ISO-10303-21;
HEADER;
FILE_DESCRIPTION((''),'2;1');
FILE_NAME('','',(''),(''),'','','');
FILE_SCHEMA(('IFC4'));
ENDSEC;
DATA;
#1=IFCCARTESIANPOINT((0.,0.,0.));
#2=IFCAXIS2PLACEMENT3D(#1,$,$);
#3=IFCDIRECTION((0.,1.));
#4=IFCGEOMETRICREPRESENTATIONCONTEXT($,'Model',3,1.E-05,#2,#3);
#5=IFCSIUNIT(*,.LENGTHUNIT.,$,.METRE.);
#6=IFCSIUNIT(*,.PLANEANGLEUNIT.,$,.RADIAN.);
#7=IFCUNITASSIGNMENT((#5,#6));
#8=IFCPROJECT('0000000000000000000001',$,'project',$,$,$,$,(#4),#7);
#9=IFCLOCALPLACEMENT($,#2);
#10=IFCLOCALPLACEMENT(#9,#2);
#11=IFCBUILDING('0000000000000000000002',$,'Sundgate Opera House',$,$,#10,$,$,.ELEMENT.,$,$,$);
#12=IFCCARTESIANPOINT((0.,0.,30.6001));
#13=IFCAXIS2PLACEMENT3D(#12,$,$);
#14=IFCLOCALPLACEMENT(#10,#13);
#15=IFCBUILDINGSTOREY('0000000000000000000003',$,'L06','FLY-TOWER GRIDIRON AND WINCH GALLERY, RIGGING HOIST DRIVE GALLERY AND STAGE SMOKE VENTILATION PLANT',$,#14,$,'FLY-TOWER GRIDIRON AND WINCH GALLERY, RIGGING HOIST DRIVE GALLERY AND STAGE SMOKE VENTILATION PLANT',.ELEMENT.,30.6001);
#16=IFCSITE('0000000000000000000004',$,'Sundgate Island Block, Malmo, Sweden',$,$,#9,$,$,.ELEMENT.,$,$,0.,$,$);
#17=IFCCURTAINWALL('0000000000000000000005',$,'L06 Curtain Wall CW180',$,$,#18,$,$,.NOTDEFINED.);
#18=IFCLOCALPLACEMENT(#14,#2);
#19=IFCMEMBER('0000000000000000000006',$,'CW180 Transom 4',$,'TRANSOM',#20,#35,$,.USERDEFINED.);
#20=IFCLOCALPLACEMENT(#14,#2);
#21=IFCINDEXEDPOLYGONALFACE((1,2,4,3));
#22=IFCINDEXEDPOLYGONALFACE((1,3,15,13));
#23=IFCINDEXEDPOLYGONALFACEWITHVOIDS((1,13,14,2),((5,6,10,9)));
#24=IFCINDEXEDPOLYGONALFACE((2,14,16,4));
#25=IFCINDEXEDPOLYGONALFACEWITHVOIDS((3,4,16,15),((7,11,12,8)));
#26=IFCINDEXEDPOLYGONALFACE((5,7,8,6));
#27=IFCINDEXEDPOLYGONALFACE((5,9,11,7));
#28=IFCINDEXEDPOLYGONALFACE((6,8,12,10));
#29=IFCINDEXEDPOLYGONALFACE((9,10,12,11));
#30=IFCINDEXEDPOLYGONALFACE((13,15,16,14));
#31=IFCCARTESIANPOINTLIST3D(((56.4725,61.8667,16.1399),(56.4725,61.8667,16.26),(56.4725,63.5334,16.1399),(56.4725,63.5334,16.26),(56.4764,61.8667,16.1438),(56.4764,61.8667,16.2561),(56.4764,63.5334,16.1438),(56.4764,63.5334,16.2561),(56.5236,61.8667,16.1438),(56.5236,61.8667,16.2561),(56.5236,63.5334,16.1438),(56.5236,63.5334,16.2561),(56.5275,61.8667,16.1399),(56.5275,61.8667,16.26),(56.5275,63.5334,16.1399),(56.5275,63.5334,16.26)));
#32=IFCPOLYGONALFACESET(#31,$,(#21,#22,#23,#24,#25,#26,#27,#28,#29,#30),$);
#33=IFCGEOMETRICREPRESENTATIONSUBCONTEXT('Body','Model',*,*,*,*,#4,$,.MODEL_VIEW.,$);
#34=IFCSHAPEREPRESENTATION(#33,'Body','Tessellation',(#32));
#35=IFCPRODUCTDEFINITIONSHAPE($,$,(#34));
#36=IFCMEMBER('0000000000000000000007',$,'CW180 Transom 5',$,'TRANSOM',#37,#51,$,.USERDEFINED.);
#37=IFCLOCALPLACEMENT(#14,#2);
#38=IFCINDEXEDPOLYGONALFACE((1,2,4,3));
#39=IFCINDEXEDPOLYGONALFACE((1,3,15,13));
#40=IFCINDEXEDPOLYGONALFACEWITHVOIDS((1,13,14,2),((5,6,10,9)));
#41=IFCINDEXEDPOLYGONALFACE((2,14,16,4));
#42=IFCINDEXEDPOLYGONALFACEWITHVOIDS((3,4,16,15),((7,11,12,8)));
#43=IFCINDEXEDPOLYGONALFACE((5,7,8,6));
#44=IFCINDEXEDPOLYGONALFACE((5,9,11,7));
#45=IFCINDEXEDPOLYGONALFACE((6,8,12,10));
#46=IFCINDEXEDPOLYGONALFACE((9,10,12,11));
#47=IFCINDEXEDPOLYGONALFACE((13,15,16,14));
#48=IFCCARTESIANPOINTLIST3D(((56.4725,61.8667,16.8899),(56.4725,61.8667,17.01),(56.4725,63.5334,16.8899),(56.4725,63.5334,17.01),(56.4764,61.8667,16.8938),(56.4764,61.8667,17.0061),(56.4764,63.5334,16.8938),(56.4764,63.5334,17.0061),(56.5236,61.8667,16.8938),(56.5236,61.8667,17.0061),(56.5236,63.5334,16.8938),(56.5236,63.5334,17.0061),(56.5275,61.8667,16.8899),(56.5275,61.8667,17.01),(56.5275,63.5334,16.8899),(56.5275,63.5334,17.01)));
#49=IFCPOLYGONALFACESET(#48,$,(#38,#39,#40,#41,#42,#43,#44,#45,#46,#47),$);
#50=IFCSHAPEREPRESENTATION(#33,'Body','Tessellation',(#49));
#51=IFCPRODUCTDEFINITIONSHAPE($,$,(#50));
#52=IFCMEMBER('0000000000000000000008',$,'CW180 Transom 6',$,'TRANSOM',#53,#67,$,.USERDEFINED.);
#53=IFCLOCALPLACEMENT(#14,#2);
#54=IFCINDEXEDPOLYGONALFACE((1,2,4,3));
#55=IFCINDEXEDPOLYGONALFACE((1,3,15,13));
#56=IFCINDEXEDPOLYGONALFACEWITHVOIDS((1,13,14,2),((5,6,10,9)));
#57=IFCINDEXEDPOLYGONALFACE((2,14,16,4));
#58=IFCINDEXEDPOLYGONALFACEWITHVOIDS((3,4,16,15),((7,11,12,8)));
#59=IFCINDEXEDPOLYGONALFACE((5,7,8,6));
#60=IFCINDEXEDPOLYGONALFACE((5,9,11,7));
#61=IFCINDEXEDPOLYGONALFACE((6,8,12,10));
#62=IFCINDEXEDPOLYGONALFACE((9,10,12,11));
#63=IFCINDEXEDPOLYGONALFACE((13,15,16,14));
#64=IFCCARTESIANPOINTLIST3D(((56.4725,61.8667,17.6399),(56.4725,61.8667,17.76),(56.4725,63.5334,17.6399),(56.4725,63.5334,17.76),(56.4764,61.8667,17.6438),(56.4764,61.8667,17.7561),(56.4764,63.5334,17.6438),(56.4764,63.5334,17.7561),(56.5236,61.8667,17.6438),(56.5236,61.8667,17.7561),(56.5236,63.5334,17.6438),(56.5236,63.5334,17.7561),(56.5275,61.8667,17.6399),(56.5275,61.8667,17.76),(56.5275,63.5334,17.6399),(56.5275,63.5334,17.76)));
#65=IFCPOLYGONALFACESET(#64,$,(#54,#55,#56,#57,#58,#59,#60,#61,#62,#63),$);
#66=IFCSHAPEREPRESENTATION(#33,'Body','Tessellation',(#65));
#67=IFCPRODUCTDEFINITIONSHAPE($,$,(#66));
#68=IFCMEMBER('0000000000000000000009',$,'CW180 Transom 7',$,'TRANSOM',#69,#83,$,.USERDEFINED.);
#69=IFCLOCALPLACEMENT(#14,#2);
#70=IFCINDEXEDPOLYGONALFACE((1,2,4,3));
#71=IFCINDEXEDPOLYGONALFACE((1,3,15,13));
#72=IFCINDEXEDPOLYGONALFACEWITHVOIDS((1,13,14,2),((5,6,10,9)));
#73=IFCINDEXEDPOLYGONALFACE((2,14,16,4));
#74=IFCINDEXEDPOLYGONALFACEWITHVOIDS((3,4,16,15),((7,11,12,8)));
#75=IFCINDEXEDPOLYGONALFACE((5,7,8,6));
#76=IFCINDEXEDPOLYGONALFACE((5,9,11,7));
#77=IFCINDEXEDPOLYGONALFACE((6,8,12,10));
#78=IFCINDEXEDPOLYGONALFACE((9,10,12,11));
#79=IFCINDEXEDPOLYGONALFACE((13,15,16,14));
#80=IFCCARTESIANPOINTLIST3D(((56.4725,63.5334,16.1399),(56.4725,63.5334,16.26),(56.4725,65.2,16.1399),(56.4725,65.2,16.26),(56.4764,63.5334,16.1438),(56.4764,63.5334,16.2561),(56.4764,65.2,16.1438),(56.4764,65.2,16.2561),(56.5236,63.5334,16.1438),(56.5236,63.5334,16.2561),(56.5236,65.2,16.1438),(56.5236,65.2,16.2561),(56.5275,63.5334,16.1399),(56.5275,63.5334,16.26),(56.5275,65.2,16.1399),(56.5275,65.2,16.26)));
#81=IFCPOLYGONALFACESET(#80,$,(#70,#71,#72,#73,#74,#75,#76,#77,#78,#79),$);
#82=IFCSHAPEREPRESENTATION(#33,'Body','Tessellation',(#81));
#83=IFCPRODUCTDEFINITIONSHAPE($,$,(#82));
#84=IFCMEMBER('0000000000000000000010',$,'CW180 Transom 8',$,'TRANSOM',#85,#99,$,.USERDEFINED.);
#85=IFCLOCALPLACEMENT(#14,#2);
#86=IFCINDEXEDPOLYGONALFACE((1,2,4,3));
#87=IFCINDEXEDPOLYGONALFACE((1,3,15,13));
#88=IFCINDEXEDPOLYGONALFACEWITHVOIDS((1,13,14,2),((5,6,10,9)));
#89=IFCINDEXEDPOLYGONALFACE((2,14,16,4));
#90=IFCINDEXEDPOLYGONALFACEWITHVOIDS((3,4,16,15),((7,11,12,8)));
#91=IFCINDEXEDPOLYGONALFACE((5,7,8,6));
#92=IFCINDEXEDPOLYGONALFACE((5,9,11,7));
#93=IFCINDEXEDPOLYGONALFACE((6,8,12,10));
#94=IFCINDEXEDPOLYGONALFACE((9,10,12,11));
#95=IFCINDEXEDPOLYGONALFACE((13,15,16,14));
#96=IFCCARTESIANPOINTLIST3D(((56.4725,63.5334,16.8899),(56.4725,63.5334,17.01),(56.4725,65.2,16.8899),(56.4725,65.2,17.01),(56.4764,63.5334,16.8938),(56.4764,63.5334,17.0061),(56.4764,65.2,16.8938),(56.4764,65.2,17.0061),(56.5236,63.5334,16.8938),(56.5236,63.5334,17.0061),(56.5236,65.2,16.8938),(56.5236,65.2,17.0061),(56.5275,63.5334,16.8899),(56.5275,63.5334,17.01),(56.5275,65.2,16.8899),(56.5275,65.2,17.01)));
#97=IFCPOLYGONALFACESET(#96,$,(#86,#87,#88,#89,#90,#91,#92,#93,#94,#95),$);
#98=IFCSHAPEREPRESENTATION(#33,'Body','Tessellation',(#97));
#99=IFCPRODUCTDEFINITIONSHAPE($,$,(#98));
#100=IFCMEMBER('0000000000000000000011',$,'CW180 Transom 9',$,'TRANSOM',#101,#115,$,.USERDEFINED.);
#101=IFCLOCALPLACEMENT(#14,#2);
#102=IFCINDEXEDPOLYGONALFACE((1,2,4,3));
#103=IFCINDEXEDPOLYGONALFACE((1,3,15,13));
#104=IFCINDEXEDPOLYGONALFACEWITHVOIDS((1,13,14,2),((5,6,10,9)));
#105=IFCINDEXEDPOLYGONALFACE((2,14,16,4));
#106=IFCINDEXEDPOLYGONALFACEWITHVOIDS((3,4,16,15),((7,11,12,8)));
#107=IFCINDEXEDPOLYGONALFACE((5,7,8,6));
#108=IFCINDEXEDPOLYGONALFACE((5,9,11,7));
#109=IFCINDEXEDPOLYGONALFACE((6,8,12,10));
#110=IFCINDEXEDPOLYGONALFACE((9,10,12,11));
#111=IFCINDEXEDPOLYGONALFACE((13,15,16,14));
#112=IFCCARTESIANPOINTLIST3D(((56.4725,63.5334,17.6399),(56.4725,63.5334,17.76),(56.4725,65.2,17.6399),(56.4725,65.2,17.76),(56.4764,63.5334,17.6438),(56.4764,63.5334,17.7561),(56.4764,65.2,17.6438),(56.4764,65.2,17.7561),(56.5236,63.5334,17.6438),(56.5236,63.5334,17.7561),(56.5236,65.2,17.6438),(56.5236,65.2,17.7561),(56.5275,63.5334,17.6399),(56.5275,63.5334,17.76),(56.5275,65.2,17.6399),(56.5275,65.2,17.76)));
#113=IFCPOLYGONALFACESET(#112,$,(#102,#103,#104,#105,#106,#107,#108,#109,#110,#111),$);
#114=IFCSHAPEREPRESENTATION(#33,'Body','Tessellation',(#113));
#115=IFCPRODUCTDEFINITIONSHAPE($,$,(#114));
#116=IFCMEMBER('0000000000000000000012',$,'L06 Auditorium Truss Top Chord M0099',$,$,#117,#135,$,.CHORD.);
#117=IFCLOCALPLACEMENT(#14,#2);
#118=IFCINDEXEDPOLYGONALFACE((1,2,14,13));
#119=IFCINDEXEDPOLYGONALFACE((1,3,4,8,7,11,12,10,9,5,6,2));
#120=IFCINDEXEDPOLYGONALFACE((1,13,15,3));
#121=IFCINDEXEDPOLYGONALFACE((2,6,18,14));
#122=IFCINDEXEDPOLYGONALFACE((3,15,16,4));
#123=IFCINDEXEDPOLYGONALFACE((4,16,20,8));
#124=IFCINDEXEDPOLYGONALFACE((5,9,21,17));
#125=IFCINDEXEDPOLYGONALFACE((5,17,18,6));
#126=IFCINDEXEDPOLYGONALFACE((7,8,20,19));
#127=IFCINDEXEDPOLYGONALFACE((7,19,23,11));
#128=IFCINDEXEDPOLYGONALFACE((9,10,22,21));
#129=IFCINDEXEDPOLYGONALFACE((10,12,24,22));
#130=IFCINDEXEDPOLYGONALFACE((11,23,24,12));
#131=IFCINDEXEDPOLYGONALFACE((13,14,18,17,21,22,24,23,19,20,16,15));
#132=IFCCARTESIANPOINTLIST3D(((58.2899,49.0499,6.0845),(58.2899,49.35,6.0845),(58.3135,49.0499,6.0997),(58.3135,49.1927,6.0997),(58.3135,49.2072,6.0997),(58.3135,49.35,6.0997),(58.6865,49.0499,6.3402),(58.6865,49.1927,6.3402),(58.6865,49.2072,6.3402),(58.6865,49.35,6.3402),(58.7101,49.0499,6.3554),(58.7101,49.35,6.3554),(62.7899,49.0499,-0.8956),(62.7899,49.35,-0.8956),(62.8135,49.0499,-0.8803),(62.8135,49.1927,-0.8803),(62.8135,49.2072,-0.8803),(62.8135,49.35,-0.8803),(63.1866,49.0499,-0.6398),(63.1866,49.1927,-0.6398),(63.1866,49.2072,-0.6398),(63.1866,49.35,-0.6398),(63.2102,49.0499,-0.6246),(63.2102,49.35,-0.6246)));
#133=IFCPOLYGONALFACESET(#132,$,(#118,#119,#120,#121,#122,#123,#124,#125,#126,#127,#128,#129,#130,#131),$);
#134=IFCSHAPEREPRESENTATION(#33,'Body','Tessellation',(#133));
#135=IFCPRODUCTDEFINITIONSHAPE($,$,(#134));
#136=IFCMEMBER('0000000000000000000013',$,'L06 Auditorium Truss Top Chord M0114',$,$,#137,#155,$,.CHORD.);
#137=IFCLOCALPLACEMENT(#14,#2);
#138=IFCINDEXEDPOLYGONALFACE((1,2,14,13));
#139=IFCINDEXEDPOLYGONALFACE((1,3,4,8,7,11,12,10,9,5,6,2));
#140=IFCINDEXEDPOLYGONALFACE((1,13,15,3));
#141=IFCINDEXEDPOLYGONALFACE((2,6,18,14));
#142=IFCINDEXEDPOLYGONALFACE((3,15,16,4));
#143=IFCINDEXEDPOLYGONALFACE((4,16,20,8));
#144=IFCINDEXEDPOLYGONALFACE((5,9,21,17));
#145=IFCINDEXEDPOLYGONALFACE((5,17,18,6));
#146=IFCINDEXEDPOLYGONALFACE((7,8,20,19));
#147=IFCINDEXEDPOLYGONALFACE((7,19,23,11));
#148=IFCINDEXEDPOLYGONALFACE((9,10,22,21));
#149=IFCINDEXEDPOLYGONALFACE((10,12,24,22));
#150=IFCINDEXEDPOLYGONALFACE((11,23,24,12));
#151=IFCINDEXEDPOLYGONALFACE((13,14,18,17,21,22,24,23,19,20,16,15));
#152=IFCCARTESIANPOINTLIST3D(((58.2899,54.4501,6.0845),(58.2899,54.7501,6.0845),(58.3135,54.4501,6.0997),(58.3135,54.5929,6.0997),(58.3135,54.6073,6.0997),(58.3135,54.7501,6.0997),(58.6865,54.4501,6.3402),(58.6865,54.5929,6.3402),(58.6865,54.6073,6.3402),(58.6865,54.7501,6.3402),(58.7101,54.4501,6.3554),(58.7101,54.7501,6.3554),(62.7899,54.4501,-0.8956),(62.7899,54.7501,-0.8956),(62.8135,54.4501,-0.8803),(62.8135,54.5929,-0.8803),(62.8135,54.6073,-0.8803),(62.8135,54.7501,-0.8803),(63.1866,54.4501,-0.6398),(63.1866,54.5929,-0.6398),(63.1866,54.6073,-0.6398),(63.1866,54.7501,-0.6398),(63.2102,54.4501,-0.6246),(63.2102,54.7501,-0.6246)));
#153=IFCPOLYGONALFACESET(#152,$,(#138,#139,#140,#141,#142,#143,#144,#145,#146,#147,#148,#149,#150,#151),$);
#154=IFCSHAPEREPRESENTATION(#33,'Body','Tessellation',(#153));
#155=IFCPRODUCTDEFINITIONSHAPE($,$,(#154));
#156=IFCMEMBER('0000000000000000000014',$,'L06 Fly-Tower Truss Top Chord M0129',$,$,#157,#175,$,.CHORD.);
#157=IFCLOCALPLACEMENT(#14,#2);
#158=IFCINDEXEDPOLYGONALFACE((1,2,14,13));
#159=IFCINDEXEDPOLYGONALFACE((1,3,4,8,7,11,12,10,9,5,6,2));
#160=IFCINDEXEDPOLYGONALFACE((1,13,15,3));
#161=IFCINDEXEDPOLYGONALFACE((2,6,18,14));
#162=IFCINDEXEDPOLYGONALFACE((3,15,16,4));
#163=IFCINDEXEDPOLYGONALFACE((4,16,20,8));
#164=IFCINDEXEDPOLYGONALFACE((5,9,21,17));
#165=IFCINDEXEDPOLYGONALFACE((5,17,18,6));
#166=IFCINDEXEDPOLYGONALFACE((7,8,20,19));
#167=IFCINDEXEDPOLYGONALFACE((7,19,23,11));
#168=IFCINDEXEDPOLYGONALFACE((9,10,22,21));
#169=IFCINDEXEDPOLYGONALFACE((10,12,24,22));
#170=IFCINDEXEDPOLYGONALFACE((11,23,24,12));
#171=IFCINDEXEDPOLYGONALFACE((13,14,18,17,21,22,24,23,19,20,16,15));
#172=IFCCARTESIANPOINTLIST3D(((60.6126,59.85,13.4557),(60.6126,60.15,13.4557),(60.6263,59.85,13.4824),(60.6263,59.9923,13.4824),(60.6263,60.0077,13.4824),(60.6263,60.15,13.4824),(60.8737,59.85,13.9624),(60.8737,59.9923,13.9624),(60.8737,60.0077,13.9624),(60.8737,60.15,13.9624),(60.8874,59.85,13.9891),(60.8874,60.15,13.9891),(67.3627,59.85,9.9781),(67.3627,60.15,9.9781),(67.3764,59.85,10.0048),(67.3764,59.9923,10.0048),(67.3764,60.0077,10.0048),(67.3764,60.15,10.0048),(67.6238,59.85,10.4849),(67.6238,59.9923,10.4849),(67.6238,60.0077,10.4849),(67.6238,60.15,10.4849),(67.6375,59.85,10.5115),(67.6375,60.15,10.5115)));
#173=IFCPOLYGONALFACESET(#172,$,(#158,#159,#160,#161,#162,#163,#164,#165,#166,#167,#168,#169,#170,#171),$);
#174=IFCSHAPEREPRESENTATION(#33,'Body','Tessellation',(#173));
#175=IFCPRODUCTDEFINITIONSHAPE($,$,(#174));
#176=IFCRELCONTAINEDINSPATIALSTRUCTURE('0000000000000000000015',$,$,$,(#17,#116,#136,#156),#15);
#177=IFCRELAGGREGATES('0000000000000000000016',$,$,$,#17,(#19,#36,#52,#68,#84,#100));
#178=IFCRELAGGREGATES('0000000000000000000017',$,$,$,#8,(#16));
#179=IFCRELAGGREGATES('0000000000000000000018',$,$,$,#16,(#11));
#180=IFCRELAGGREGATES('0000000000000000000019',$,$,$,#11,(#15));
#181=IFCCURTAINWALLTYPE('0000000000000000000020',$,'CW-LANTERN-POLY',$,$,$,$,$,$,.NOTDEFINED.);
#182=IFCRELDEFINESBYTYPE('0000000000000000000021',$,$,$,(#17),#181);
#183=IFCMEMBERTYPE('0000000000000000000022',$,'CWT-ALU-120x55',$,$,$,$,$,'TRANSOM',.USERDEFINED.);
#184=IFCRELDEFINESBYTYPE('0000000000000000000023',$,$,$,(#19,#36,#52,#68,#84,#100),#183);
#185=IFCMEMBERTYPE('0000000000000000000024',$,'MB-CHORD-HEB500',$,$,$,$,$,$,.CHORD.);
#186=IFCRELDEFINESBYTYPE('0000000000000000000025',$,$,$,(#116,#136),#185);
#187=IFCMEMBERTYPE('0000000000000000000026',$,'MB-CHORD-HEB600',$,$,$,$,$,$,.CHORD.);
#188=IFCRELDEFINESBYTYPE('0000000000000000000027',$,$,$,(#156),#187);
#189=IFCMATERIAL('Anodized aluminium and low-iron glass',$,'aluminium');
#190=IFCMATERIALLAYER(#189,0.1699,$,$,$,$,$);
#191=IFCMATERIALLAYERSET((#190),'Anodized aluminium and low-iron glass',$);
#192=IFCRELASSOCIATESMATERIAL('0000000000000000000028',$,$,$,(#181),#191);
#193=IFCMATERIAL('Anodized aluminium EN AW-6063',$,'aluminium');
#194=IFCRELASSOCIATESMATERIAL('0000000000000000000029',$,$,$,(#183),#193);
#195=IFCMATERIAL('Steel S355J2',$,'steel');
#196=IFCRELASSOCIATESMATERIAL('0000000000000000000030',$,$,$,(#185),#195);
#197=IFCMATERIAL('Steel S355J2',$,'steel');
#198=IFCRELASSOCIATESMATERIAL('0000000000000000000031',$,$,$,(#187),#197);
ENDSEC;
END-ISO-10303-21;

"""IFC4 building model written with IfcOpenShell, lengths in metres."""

from ifc_helpers import new_model, si_unit, direction, frame, origin, origin_2d, place, context, subcontext, project, spatial, hollow_rectangle, i_section, extrude, material, layer, layer_set, material_profile, profile_set, type_object, element, aggregate, save


model = new_model("IFC4")

# Units and contexts
model_context = context("Model", 3, precision=1e-05, world=origin(), true_north=direction((0.0, 1.0)))
body_context = subcontext(model_context, "Body", "Model", "MODEL_VIEW")
ifc_project = project(units=[si_unit("LENGTHUNIT", "METRE"), si_unit("PLANEANGLEUNIT", "RADIAN")], contexts=[model_context])

# Site, building, storey
site_placement = place(None, origin())
site = spatial("IfcSite", under=ifc_project, at=site_placement, Name="Sundgate Island Block, Malmo, Sweden", CompositionType="ELEMENT", RefElevation=0.0)
building_placement = place(site_placement, origin())
building = spatial("IfcBuilding", under=site, at=building_placement, Name="Sundgate Opera House", CompositionType="ELEMENT")
storey_placement = place(building_placement, frame((0.0, 0.0, 30.6001)))
storey = spatial("IfcBuildingStorey", under=building, at=storey_placement, Name="L06", Description="FLY-TOWER GRIDIRON AND WINCH GALLERY, RIGGING HOIST DRIVE GALLERY AND STAGE SMOKE VENTILATION PLANT", LongName="FLY-TOWER GRIDIRON AND WINCH GALLERY, RIGGING HOIST DRIVE GALLERY AND STAGE SMOKE VENTILATION PLANT", CompositionType="ELEMENT", Elevation=30.6001)

# Curtain wall, members
ifc_material_1 = material(Name="Anodized aluminium and low-iron glass", Category="aluminium")
ifc_layer_1 = layer(ifc_material_1, 0.1699)
ifc_layer_set_1 = layer_set([ifc_layer_1], Name="Anodized aluminium and low-iron glass")
curtain_wall_type = type_object("IfcCurtainWallType", Name="CW-LANTERN-POLY", PredefinedType="NOTDEFINED", material=ifc_layer_set_1)
curtain_wall_placement = place(storey_placement, origin())
curtain_wall = element("IfcCurtainWall", 1, at=curtain_wall_placement, inside=storey, type_object=curtain_wall_type, Name="L06 Curtain Wall CW180", PredefinedType="NOTDEFINED")
ifc_material_2 = material(Name="Anodized aluminium EN AW-6063", Category="aluminium")
ifc_material_profile_1 = material_profile(ifc_material_2, hollow_rectangle(XDim=0.0549, YDim=0.1201, WallThickness=0.0039, at=origin_2d()), Name="CWT 120x55x4")
ifc_profile_set_1 = profile_set([ifc_material_profile_1], Name="Anodized aluminium EN AW-6063")
member_type_1 = type_object("IfcMemberType", Name="CWT-ALU-120x55", ElementType="TRANSOM", PredefinedType="USERDEFINED", material=ifc_profile_set_1)
member_1_placement = place(storey_placement, frame((56.5, 61.8667, 16.2), z_axis=(0.0, 1.0, 0.0), x_axis=(-1.0, 0.0, 0.0)))
member_1 = element("IfcMember", 2, at=member_1_placement, type_object=member_type_1, Name="CW180 Transom 4", ObjectType="TRANSOM", PredefinedType="USERDEFINED", context=body_context, shape_type="SweptSolid", body=[
    extrude(hollow_rectangle(XDim=0.0549, YDim=0.1201, WallThickness=0.0039, at=origin_2d()), origin(), (0.0, 0.0, 1.0), 1.6667),
])
member_2_placement = place(storey_placement, frame((56.5, 61.8667, 16.95), z_axis=(0.0, 1.0, 0.0), x_axis=(-1.0, 0.0, 0.0)))
member_2 = element("IfcMember", 3, at=member_2_placement, type_object=member_type_1, Name="CW180 Transom 5", ObjectType="TRANSOM", PredefinedType="USERDEFINED", context=body_context, shape_type="SweptSolid", body=[
    extrude(hollow_rectangle(XDim=0.0549, YDim=0.1201, WallThickness=0.0039, at=origin_2d()), origin(), (0.0, 0.0, 1.0), 1.6667),
])
member_3_placement = place(storey_placement, frame((56.5, 61.8667, 17.7), z_axis=(0.0, 1.0, 0.0), x_axis=(-1.0, 0.0, 0.0)))
member_3 = element("IfcMember", 4, at=member_3_placement, type_object=member_type_1, Name="CW180 Transom 6", ObjectType="TRANSOM", PredefinedType="USERDEFINED", context=body_context, shape_type="SweptSolid", body=[
    extrude(hollow_rectangle(XDim=0.0549, YDim=0.1201, WallThickness=0.0039, at=origin_2d()), origin(), (0.0, 0.0, 1.0), 1.6667),
])
member_4_placement = place(storey_placement, frame((56.5, 63.5334, 16.2), z_axis=(0.0, 1.0, 0.0), x_axis=(-1.0, 0.0, 0.0)))
member_4 = element("IfcMember", 5, at=member_4_placement, type_object=member_type_1, Name="CW180 Transom 7", ObjectType="TRANSOM", PredefinedType="USERDEFINED", context=body_context, shape_type="SweptSolid", body=[
    extrude(hollow_rectangle(XDim=0.0549, YDim=0.1201, WallThickness=0.0039, at=origin_2d()), origin(), (0.0, 0.0, 1.0), 1.6665),
])
member_5_placement = place(storey_placement, frame((56.5, 63.5334, 16.95), z_axis=(0.0, 1.0, 0.0), x_axis=(-1.0, 0.0, 0.0)))
member_5 = element("IfcMember", 6, at=member_5_placement, type_object=member_type_1, Name="CW180 Transom 8", ObjectType="TRANSOM", PredefinedType="USERDEFINED", context=body_context, shape_type="SweptSolid", body=[
    extrude(hollow_rectangle(XDim=0.0549, YDim=0.1201, WallThickness=0.0039, at=origin_2d()), origin(), (0.0, 0.0, 1.0), 1.6665),
])
member_6_placement = place(storey_placement, frame((56.5, 63.5334, 17.7), z_axis=(0.0, 1.0, 0.0), x_axis=(-1.0, 0.0, 0.0)))
member_6 = element("IfcMember", 7, at=member_6_placement, type_object=member_type_1, Name="CW180 Transom 9", ObjectType="TRANSOM", PredefinedType="USERDEFINED", context=body_context, shape_type="SweptSolid", body=[
    extrude(hollow_rectangle(XDim=0.0549, YDim=0.1201, WallThickness=0.0039, at=origin_2d()), origin(), (0.0, 0.0, 1.0), 1.6665),
])

# Members
ifc_material_3 = material(Name="Steel S355J2", Category="steel")
ifc_material_profile_2 = material_profile(ifc_material_3, i_section(OverallWidth=0.3, OverallDepth=0.5, WebThickness=0.0144, FlangeThickness=0.0281, at=origin_2d()), Name="HEB 500")
ifc_profile_set_2 = profile_set([ifc_material_profile_2], Name="Steel S355J2")
member_type_2 = type_object("IfcMemberType", Name="MB-CHORD-HEB500", PredefinedType="CHORD", material=ifc_profile_set_2)
for number, where, z_axis, x_axis, name in (
    (8, (58.5, 49.2, 6.22), (0.541854, 0.0, -0.840473), (0.0, 1.0, 0.0), "L06 Auditorium Truss Top Chord M0099"),
    (9, (58.5, 54.6001, 6.22), (0.541854, 0.0, -0.840473), (0.0, 1.0, 0.0), "L06 Auditorium Truss Top Chord M0114"),
):
    element("IfcMember", number, at=place(storey_placement, frame(where, z_axis=z_axis, x_axis=x_axis)), inside=storey, type_object=member_type_2, Name=name, PredefinedType="CHORD", context=body_context, shape_type="SweptSolid", body=[
        extrude(i_section(OverallWidth=0.3, OverallDepth=0.5, WebThickness=0.0144, FlangeThickness=0.0281, at=origin_2d()), origin(), (0.0, 0.0, 1.0), 8.3049),
    ])
ifc_material_4 = material(Name="Steel S355J2", Category="steel")
ifc_material_profile_3 = material_profile(ifc_material_4, i_section(OverallWidth=0.3, OverallDepth=0.6001, WebThickness=0.0154, FlangeThickness=0.03, at=origin_2d()), Name="HEB 600")
ifc_profile_set_3 = profile_set([ifc_material_profile_3], Name="Steel S355J2")
member_type_3 = type_object("IfcMemberType", Name="MB-CHORD-HEB600", PredefinedType="CHORD", material=ifc_profile_set_3)
member_7_placement = place(storey_placement, frame((60.75, 60.0, 13.7224), z_axis=(0.88896, 0.0, -0.457984), x_axis=(0.0, 1.0, 0.0)))
element("IfcMember", 10, at=member_7_placement, inside=storey, type_object=member_type_3, Name="L06 Fly-Tower Truss Top Chord M0129", PredefinedType="CHORD", context=body_context, shape_type="SweptSolid", body=[
    extrude(i_section(OverallWidth=0.3, OverallDepth=0.6001, WebThickness=0.0154, FlangeThickness=0.03, at=origin_2d()), origin(), (0.0, 0.0, 1.0), 7.5933),
])

aggregate(curtain_wall, [member_1, member_2, member_3, member_4, member_5, member_6])

save(model, "model.ifc")
